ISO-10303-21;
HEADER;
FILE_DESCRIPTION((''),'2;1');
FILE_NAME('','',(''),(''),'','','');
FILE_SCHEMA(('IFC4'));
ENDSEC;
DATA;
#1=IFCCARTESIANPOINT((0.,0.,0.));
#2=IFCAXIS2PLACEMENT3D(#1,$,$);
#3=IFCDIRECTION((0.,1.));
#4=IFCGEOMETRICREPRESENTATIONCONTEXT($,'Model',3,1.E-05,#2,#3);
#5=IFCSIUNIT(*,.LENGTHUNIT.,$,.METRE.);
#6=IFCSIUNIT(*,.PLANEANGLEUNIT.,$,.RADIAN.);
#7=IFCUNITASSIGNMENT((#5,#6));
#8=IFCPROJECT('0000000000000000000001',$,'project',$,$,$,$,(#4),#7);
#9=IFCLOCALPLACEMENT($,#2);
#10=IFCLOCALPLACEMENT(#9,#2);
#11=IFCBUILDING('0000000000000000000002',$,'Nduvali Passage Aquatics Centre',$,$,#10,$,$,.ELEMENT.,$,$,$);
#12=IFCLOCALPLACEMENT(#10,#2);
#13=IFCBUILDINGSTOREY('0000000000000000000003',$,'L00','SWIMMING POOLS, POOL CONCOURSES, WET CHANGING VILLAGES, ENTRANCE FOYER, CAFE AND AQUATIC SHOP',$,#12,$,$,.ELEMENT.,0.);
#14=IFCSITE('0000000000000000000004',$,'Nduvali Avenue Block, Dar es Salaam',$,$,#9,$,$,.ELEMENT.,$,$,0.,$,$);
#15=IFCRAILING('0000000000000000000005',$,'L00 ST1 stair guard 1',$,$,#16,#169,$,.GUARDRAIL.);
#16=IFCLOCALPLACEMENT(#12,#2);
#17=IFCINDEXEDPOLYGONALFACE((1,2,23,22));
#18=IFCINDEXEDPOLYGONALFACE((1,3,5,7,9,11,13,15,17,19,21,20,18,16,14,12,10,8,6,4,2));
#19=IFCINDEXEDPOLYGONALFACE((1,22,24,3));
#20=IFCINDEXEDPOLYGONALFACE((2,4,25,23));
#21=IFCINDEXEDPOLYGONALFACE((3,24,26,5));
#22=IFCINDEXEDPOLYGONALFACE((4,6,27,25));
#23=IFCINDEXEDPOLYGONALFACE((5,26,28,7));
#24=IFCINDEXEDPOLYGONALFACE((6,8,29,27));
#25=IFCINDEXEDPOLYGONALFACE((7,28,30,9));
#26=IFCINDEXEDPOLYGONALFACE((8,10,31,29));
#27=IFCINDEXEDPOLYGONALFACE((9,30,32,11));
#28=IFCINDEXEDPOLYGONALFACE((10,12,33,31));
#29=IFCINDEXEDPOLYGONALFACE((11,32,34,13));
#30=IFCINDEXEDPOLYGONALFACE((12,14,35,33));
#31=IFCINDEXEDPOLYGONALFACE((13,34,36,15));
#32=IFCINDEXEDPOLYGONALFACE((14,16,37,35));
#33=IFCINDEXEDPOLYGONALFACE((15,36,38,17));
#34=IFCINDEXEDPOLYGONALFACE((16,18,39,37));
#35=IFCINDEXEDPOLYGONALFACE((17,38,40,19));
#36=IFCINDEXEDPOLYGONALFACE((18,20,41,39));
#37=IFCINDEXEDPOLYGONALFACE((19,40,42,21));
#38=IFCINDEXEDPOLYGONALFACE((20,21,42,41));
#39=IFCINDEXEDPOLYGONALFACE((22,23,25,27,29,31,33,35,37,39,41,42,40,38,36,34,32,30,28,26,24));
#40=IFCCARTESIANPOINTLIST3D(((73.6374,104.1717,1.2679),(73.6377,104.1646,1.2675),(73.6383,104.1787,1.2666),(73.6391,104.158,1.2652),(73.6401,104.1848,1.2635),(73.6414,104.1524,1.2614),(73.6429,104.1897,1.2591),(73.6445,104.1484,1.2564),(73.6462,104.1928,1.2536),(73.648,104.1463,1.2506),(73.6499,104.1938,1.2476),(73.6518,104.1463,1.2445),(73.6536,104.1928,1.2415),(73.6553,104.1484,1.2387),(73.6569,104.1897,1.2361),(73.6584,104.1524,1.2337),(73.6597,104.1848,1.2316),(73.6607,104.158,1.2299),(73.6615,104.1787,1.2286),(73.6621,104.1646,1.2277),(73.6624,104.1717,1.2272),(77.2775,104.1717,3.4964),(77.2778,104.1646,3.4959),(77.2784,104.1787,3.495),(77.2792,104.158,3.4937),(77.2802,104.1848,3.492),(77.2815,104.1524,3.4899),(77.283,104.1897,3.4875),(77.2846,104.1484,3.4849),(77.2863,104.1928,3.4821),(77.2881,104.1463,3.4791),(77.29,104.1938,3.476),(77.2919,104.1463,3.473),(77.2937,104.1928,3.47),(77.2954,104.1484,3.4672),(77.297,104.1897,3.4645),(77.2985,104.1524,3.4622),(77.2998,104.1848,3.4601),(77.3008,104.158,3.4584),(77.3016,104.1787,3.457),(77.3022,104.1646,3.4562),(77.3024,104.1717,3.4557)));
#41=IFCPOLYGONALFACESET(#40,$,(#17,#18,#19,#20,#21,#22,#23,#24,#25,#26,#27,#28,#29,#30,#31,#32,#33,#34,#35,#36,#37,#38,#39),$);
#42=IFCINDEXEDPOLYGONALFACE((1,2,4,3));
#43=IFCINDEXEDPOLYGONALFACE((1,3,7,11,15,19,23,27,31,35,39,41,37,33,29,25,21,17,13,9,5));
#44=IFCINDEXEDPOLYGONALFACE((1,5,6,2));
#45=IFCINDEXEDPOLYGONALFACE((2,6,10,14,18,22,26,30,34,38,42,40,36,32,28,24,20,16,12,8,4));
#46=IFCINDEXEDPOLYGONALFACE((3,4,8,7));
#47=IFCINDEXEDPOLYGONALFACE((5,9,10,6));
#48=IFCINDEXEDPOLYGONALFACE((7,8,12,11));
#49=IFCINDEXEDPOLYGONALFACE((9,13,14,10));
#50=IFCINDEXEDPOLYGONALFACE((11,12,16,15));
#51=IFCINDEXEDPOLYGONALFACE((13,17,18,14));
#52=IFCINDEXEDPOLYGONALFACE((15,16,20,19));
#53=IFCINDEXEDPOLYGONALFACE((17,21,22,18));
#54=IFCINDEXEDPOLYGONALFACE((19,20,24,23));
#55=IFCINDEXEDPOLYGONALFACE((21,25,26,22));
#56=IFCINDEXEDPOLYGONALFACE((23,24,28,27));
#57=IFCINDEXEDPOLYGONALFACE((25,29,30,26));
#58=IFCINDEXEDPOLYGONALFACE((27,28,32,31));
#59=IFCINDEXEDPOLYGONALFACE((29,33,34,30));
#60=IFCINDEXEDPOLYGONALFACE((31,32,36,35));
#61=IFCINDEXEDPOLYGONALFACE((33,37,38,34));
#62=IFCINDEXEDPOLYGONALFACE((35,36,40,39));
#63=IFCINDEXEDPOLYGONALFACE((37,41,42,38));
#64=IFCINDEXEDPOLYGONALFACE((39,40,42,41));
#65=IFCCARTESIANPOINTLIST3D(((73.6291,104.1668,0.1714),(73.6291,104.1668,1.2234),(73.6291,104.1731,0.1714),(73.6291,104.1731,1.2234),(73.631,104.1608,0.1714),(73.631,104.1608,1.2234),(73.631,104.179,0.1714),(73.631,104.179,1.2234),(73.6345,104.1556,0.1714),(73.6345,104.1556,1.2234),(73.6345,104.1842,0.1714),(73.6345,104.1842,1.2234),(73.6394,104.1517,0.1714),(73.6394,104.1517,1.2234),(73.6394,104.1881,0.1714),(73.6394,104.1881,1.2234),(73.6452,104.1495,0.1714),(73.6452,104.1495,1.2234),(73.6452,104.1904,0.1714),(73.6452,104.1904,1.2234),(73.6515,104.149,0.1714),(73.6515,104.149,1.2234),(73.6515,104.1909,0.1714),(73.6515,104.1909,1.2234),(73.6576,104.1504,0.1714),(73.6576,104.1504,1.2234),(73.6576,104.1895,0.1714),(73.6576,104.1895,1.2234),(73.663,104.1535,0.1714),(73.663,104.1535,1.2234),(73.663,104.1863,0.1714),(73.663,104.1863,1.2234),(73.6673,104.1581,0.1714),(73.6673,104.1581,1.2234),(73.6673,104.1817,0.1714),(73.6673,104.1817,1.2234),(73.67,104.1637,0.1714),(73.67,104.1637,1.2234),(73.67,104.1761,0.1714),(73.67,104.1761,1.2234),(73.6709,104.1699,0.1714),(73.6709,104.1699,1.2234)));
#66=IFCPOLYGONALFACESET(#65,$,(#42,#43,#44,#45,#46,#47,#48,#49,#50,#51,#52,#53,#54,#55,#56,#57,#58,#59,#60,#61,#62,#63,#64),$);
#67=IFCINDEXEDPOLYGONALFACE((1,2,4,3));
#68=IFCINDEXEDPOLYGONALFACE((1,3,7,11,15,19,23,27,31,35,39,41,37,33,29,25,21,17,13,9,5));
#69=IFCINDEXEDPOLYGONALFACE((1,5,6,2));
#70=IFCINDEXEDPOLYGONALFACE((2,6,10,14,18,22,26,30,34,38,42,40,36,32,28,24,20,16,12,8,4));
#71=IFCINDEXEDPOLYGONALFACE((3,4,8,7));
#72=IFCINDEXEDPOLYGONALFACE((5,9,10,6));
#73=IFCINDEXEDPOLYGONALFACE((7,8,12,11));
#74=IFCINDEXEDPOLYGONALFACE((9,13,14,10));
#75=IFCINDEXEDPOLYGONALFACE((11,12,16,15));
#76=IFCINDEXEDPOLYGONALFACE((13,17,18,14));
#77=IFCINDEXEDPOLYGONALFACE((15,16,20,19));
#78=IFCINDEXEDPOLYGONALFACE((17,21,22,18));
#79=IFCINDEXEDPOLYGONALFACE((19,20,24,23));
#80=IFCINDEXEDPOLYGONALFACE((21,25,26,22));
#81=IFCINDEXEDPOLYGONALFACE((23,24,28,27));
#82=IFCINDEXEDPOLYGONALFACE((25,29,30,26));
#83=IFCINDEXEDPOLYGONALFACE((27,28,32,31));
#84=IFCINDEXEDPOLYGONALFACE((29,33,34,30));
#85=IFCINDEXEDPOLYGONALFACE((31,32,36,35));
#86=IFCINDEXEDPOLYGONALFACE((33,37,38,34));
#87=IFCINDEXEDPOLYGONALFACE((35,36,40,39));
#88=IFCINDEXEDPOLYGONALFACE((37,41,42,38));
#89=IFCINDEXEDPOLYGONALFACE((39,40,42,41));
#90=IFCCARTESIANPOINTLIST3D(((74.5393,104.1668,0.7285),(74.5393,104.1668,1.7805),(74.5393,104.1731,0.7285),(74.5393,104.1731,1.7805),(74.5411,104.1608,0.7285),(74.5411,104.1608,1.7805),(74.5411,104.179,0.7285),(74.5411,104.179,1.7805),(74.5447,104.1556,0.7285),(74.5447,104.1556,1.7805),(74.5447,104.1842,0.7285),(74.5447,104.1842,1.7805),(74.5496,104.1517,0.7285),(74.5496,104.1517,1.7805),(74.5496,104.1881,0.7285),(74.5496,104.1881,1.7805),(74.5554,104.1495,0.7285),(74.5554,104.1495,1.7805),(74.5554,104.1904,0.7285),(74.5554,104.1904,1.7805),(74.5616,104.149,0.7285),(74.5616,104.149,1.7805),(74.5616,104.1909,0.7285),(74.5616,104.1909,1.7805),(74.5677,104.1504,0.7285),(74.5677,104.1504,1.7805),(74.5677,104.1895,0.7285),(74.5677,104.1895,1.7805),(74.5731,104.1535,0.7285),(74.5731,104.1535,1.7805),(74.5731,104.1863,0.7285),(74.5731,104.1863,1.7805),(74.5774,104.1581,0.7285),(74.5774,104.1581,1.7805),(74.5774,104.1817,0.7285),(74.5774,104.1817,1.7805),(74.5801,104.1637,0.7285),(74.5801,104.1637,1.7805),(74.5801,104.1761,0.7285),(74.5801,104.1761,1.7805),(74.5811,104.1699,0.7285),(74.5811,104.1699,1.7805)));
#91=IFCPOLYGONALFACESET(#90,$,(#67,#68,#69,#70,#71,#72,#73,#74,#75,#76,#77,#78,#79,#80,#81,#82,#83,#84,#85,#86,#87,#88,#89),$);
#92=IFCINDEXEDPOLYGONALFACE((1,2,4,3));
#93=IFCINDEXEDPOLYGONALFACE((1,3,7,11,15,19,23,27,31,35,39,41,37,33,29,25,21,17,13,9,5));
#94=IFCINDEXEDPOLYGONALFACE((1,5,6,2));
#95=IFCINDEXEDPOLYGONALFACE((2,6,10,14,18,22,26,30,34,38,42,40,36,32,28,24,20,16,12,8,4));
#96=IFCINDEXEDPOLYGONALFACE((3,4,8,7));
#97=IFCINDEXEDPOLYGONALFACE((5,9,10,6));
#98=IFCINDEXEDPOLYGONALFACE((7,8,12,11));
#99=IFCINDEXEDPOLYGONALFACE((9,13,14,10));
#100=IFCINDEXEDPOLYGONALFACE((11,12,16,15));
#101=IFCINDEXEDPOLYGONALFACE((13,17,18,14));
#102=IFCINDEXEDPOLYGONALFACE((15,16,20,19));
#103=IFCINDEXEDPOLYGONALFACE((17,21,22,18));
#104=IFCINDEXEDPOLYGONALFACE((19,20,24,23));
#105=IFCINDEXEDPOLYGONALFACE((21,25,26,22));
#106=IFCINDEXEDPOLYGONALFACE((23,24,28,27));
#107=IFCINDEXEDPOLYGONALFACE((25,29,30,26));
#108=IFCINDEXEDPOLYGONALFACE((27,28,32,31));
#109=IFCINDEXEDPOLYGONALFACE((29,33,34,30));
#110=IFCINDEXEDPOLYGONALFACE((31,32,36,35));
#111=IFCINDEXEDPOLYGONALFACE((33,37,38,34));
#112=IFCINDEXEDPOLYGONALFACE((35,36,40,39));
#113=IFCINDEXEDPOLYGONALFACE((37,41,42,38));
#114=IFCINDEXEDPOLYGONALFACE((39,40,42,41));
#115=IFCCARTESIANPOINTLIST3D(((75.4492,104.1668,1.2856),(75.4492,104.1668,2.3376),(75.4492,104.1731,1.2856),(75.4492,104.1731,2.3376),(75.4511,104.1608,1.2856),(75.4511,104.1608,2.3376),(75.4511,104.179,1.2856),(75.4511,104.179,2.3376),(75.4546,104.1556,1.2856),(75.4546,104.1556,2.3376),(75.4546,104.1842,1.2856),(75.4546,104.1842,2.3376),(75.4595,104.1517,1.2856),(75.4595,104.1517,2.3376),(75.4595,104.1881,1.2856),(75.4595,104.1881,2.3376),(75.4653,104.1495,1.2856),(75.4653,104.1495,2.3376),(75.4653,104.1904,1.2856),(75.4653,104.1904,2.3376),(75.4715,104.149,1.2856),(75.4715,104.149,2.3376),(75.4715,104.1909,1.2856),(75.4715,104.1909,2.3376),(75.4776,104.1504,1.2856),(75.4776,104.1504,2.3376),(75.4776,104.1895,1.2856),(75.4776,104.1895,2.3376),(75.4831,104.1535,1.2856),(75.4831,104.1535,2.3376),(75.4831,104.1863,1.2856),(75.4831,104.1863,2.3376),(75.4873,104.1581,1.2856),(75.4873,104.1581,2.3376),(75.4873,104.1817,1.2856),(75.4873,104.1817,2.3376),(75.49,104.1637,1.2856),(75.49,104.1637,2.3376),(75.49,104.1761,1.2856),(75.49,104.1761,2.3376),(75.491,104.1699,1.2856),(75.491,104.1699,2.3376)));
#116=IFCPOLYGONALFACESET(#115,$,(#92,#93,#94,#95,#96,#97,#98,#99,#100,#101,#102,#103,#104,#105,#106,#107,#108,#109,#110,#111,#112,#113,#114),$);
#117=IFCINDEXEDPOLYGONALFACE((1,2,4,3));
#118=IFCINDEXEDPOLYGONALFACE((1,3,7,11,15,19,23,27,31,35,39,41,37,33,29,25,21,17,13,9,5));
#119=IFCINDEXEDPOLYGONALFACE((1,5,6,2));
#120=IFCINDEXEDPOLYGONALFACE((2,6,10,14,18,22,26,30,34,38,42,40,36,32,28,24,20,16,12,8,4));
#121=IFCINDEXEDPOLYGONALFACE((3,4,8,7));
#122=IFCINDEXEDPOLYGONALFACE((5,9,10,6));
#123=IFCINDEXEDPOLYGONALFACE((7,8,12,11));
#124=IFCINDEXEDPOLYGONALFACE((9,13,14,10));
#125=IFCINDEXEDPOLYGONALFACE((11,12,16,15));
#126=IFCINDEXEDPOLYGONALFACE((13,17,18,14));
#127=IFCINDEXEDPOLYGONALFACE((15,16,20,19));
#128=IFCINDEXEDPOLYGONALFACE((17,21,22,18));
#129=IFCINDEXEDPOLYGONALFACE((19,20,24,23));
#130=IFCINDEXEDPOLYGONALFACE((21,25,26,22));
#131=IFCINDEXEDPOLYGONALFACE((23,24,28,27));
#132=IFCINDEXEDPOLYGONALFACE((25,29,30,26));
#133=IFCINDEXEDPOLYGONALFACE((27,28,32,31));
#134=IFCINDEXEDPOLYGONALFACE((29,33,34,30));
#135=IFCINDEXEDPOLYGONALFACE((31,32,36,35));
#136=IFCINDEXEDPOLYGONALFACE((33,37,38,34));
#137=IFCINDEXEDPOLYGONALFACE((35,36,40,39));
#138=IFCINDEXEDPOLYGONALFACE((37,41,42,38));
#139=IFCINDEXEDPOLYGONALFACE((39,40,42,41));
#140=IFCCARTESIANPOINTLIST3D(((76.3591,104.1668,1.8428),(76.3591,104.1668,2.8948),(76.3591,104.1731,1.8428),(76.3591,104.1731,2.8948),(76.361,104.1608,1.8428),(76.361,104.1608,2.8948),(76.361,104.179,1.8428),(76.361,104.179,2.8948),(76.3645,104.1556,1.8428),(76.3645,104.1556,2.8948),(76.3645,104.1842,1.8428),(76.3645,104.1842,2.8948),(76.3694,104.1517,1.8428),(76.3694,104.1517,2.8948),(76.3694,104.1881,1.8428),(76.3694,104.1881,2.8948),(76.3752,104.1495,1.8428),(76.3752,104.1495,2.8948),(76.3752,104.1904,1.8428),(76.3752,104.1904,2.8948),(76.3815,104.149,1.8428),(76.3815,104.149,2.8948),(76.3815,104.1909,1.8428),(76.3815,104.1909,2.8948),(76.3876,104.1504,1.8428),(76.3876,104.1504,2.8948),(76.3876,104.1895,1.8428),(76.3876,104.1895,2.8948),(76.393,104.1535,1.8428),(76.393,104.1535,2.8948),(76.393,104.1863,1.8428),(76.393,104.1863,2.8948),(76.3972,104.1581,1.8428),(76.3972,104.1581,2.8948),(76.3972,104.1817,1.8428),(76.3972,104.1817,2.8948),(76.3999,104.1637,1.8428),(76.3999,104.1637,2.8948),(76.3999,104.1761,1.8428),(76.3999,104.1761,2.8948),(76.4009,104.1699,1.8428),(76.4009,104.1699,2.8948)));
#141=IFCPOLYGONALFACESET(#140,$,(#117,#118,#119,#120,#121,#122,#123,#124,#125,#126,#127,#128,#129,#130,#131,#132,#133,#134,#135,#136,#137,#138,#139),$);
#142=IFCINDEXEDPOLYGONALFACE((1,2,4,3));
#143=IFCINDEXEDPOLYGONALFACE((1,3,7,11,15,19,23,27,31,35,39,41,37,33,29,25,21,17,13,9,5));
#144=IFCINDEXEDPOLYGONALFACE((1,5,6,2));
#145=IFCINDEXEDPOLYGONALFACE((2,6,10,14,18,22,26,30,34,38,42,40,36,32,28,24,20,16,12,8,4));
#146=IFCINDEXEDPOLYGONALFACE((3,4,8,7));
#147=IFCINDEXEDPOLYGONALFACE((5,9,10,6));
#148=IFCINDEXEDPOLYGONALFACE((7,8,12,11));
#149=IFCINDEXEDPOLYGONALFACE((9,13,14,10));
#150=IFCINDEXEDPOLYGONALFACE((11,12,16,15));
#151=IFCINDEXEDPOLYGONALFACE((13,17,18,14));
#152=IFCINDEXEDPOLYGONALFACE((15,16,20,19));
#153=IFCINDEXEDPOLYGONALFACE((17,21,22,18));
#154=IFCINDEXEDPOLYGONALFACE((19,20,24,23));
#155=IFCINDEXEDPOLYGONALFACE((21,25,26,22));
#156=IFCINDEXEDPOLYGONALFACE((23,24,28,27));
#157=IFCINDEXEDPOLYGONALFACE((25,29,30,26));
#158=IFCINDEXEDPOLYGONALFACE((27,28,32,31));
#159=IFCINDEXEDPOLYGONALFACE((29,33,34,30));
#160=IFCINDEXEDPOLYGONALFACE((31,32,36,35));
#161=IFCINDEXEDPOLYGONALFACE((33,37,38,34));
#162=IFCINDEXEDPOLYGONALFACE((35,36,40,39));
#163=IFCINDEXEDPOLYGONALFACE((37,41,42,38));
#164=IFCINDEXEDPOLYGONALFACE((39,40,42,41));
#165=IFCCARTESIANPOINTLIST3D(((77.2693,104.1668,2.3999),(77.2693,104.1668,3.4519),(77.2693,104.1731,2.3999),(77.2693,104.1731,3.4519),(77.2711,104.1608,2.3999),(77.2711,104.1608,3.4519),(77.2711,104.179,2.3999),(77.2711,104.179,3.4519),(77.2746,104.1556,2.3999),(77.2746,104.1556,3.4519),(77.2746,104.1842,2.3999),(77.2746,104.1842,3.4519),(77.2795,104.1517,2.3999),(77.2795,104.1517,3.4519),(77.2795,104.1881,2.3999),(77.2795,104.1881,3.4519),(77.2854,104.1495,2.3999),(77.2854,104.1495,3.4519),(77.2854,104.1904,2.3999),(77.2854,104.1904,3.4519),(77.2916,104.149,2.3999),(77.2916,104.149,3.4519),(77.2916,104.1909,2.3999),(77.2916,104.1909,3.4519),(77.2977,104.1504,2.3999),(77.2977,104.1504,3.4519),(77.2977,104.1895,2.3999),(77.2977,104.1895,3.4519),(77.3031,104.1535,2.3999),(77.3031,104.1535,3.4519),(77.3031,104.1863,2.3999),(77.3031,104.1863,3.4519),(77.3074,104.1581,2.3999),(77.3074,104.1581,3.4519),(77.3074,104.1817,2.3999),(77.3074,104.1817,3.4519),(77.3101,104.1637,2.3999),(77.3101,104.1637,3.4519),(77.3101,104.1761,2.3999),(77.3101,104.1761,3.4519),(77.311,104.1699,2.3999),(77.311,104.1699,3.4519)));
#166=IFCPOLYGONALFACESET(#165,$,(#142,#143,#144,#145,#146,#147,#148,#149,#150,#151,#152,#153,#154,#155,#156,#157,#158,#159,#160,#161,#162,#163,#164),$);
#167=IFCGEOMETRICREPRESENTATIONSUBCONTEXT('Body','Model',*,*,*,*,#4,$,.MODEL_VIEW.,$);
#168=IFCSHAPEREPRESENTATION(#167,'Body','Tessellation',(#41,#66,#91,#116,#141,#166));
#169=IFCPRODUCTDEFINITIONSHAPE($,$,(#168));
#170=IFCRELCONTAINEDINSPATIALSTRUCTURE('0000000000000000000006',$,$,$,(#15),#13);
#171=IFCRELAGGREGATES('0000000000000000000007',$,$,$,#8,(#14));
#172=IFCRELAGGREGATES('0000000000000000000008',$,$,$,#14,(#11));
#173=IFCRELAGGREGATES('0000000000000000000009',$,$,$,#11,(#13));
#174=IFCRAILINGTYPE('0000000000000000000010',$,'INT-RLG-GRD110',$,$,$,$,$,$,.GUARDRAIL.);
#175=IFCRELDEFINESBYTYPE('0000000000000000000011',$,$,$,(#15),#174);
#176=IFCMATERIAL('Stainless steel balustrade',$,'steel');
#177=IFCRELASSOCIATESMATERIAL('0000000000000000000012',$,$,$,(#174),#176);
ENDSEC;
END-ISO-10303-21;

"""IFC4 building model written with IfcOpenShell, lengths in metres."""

from ifc_helpers import new_model, si_unit, direction, frame, origin, origin_2d, place, context, subcontext, project, spatial, circle, extrude, material, type_object, element, save


model = new_model("IFC4")

# Units and contexts
model_context = context("Model", 3, precision=1e-05, world=origin(), true_north=direction((0.0, 1.0)))
body_context = subcontext(model_context, "Body", "Model", "MODEL_VIEW")
ifc_project = project(units=[si_unit("LENGTHUNIT", "METRE"), si_unit("PLANEANGLEUNIT", "RADIAN")], contexts=[model_context])

# Site, building, storey
site_placement = place(None, origin())
site = spatial("IfcSite", under=ifc_project, at=site_placement, Name="Nduvali Avenue Block, Dar es Salaam", CompositionType="ELEMENT", RefElevation=0.0)
building_placement = place(site_placement, origin())
building = spatial("IfcBuilding", under=site, at=building_placement, Name="Nduvali Passage Aquatics Centre", CompositionType="ELEMENT")
storey_placement = place(building_placement, origin())
storey = spatial("IfcBuildingStorey", under=building, at=storey_placement, Name="L00", Description="SWIMMING POOLS, POOL CONCOURSES, WET CHANGING VILLAGES, ENTRANCE FOYER, CAFE AND AQUATIC SHOP", CompositionType="ELEMENT", Elevation=0.0)

# Railing
ifc_material_1 = material(Name="Stainless steel balustrade", Category="steel")
railing_type_1 = type_object("IfcRailingType", Name="INT-RLG-GRD110", PredefinedType="GUARDRAIL", material=ifc_material_1)
railing_1_placement = place(storey_placement, frame((73.6499, 104.1699, 0.1714)))
element("IfcRailing", 1, at=railing_1_placement, inside=storey, type_object=railing_type_1, Name="L00 ST1 stair guard 1", PredefinedType="GUARDRAIL", context=body_context, shape_type="SweptSolid", body=[
    extrude(circle(Radius=0.0239, at=origin_2d()), frame((0.0, 0.0, 1.0762), z_axis=(0.852866, 0.0, 0.52213), x_axis=(0.0, 1.0, 0.0)), (0.0, 0.0, 1.0), 4.2681),
    extrude(circle(Radius=0.021, at=origin_2d()), origin(), (0.0, 0.0, 1.0), 1.052),
    extrude(circle(Radius=0.021, at=origin_2d()), frame((0.9102, 0.0, 0.5571)), (0.0, 0.0, 1.0), 1.052),
    extrude(circle(Radius=0.021, at=origin_2d()), frame((1.8201, 0.0, 1.1143)), (0.0, 0.0, 1.0), 1.052),
    extrude(circle(Radius=0.021, at=origin_2d()), frame((2.73, 0.0, 1.6714)), (0.0, 0.0, 1.0), 1.052),
    extrude(circle(Radius=0.021, at=origin_2d()), frame((3.6401, 0.0, 2.2285)), (0.0, 0.0, 1.0), 1.052),
])

save(model, "model.ifc")
